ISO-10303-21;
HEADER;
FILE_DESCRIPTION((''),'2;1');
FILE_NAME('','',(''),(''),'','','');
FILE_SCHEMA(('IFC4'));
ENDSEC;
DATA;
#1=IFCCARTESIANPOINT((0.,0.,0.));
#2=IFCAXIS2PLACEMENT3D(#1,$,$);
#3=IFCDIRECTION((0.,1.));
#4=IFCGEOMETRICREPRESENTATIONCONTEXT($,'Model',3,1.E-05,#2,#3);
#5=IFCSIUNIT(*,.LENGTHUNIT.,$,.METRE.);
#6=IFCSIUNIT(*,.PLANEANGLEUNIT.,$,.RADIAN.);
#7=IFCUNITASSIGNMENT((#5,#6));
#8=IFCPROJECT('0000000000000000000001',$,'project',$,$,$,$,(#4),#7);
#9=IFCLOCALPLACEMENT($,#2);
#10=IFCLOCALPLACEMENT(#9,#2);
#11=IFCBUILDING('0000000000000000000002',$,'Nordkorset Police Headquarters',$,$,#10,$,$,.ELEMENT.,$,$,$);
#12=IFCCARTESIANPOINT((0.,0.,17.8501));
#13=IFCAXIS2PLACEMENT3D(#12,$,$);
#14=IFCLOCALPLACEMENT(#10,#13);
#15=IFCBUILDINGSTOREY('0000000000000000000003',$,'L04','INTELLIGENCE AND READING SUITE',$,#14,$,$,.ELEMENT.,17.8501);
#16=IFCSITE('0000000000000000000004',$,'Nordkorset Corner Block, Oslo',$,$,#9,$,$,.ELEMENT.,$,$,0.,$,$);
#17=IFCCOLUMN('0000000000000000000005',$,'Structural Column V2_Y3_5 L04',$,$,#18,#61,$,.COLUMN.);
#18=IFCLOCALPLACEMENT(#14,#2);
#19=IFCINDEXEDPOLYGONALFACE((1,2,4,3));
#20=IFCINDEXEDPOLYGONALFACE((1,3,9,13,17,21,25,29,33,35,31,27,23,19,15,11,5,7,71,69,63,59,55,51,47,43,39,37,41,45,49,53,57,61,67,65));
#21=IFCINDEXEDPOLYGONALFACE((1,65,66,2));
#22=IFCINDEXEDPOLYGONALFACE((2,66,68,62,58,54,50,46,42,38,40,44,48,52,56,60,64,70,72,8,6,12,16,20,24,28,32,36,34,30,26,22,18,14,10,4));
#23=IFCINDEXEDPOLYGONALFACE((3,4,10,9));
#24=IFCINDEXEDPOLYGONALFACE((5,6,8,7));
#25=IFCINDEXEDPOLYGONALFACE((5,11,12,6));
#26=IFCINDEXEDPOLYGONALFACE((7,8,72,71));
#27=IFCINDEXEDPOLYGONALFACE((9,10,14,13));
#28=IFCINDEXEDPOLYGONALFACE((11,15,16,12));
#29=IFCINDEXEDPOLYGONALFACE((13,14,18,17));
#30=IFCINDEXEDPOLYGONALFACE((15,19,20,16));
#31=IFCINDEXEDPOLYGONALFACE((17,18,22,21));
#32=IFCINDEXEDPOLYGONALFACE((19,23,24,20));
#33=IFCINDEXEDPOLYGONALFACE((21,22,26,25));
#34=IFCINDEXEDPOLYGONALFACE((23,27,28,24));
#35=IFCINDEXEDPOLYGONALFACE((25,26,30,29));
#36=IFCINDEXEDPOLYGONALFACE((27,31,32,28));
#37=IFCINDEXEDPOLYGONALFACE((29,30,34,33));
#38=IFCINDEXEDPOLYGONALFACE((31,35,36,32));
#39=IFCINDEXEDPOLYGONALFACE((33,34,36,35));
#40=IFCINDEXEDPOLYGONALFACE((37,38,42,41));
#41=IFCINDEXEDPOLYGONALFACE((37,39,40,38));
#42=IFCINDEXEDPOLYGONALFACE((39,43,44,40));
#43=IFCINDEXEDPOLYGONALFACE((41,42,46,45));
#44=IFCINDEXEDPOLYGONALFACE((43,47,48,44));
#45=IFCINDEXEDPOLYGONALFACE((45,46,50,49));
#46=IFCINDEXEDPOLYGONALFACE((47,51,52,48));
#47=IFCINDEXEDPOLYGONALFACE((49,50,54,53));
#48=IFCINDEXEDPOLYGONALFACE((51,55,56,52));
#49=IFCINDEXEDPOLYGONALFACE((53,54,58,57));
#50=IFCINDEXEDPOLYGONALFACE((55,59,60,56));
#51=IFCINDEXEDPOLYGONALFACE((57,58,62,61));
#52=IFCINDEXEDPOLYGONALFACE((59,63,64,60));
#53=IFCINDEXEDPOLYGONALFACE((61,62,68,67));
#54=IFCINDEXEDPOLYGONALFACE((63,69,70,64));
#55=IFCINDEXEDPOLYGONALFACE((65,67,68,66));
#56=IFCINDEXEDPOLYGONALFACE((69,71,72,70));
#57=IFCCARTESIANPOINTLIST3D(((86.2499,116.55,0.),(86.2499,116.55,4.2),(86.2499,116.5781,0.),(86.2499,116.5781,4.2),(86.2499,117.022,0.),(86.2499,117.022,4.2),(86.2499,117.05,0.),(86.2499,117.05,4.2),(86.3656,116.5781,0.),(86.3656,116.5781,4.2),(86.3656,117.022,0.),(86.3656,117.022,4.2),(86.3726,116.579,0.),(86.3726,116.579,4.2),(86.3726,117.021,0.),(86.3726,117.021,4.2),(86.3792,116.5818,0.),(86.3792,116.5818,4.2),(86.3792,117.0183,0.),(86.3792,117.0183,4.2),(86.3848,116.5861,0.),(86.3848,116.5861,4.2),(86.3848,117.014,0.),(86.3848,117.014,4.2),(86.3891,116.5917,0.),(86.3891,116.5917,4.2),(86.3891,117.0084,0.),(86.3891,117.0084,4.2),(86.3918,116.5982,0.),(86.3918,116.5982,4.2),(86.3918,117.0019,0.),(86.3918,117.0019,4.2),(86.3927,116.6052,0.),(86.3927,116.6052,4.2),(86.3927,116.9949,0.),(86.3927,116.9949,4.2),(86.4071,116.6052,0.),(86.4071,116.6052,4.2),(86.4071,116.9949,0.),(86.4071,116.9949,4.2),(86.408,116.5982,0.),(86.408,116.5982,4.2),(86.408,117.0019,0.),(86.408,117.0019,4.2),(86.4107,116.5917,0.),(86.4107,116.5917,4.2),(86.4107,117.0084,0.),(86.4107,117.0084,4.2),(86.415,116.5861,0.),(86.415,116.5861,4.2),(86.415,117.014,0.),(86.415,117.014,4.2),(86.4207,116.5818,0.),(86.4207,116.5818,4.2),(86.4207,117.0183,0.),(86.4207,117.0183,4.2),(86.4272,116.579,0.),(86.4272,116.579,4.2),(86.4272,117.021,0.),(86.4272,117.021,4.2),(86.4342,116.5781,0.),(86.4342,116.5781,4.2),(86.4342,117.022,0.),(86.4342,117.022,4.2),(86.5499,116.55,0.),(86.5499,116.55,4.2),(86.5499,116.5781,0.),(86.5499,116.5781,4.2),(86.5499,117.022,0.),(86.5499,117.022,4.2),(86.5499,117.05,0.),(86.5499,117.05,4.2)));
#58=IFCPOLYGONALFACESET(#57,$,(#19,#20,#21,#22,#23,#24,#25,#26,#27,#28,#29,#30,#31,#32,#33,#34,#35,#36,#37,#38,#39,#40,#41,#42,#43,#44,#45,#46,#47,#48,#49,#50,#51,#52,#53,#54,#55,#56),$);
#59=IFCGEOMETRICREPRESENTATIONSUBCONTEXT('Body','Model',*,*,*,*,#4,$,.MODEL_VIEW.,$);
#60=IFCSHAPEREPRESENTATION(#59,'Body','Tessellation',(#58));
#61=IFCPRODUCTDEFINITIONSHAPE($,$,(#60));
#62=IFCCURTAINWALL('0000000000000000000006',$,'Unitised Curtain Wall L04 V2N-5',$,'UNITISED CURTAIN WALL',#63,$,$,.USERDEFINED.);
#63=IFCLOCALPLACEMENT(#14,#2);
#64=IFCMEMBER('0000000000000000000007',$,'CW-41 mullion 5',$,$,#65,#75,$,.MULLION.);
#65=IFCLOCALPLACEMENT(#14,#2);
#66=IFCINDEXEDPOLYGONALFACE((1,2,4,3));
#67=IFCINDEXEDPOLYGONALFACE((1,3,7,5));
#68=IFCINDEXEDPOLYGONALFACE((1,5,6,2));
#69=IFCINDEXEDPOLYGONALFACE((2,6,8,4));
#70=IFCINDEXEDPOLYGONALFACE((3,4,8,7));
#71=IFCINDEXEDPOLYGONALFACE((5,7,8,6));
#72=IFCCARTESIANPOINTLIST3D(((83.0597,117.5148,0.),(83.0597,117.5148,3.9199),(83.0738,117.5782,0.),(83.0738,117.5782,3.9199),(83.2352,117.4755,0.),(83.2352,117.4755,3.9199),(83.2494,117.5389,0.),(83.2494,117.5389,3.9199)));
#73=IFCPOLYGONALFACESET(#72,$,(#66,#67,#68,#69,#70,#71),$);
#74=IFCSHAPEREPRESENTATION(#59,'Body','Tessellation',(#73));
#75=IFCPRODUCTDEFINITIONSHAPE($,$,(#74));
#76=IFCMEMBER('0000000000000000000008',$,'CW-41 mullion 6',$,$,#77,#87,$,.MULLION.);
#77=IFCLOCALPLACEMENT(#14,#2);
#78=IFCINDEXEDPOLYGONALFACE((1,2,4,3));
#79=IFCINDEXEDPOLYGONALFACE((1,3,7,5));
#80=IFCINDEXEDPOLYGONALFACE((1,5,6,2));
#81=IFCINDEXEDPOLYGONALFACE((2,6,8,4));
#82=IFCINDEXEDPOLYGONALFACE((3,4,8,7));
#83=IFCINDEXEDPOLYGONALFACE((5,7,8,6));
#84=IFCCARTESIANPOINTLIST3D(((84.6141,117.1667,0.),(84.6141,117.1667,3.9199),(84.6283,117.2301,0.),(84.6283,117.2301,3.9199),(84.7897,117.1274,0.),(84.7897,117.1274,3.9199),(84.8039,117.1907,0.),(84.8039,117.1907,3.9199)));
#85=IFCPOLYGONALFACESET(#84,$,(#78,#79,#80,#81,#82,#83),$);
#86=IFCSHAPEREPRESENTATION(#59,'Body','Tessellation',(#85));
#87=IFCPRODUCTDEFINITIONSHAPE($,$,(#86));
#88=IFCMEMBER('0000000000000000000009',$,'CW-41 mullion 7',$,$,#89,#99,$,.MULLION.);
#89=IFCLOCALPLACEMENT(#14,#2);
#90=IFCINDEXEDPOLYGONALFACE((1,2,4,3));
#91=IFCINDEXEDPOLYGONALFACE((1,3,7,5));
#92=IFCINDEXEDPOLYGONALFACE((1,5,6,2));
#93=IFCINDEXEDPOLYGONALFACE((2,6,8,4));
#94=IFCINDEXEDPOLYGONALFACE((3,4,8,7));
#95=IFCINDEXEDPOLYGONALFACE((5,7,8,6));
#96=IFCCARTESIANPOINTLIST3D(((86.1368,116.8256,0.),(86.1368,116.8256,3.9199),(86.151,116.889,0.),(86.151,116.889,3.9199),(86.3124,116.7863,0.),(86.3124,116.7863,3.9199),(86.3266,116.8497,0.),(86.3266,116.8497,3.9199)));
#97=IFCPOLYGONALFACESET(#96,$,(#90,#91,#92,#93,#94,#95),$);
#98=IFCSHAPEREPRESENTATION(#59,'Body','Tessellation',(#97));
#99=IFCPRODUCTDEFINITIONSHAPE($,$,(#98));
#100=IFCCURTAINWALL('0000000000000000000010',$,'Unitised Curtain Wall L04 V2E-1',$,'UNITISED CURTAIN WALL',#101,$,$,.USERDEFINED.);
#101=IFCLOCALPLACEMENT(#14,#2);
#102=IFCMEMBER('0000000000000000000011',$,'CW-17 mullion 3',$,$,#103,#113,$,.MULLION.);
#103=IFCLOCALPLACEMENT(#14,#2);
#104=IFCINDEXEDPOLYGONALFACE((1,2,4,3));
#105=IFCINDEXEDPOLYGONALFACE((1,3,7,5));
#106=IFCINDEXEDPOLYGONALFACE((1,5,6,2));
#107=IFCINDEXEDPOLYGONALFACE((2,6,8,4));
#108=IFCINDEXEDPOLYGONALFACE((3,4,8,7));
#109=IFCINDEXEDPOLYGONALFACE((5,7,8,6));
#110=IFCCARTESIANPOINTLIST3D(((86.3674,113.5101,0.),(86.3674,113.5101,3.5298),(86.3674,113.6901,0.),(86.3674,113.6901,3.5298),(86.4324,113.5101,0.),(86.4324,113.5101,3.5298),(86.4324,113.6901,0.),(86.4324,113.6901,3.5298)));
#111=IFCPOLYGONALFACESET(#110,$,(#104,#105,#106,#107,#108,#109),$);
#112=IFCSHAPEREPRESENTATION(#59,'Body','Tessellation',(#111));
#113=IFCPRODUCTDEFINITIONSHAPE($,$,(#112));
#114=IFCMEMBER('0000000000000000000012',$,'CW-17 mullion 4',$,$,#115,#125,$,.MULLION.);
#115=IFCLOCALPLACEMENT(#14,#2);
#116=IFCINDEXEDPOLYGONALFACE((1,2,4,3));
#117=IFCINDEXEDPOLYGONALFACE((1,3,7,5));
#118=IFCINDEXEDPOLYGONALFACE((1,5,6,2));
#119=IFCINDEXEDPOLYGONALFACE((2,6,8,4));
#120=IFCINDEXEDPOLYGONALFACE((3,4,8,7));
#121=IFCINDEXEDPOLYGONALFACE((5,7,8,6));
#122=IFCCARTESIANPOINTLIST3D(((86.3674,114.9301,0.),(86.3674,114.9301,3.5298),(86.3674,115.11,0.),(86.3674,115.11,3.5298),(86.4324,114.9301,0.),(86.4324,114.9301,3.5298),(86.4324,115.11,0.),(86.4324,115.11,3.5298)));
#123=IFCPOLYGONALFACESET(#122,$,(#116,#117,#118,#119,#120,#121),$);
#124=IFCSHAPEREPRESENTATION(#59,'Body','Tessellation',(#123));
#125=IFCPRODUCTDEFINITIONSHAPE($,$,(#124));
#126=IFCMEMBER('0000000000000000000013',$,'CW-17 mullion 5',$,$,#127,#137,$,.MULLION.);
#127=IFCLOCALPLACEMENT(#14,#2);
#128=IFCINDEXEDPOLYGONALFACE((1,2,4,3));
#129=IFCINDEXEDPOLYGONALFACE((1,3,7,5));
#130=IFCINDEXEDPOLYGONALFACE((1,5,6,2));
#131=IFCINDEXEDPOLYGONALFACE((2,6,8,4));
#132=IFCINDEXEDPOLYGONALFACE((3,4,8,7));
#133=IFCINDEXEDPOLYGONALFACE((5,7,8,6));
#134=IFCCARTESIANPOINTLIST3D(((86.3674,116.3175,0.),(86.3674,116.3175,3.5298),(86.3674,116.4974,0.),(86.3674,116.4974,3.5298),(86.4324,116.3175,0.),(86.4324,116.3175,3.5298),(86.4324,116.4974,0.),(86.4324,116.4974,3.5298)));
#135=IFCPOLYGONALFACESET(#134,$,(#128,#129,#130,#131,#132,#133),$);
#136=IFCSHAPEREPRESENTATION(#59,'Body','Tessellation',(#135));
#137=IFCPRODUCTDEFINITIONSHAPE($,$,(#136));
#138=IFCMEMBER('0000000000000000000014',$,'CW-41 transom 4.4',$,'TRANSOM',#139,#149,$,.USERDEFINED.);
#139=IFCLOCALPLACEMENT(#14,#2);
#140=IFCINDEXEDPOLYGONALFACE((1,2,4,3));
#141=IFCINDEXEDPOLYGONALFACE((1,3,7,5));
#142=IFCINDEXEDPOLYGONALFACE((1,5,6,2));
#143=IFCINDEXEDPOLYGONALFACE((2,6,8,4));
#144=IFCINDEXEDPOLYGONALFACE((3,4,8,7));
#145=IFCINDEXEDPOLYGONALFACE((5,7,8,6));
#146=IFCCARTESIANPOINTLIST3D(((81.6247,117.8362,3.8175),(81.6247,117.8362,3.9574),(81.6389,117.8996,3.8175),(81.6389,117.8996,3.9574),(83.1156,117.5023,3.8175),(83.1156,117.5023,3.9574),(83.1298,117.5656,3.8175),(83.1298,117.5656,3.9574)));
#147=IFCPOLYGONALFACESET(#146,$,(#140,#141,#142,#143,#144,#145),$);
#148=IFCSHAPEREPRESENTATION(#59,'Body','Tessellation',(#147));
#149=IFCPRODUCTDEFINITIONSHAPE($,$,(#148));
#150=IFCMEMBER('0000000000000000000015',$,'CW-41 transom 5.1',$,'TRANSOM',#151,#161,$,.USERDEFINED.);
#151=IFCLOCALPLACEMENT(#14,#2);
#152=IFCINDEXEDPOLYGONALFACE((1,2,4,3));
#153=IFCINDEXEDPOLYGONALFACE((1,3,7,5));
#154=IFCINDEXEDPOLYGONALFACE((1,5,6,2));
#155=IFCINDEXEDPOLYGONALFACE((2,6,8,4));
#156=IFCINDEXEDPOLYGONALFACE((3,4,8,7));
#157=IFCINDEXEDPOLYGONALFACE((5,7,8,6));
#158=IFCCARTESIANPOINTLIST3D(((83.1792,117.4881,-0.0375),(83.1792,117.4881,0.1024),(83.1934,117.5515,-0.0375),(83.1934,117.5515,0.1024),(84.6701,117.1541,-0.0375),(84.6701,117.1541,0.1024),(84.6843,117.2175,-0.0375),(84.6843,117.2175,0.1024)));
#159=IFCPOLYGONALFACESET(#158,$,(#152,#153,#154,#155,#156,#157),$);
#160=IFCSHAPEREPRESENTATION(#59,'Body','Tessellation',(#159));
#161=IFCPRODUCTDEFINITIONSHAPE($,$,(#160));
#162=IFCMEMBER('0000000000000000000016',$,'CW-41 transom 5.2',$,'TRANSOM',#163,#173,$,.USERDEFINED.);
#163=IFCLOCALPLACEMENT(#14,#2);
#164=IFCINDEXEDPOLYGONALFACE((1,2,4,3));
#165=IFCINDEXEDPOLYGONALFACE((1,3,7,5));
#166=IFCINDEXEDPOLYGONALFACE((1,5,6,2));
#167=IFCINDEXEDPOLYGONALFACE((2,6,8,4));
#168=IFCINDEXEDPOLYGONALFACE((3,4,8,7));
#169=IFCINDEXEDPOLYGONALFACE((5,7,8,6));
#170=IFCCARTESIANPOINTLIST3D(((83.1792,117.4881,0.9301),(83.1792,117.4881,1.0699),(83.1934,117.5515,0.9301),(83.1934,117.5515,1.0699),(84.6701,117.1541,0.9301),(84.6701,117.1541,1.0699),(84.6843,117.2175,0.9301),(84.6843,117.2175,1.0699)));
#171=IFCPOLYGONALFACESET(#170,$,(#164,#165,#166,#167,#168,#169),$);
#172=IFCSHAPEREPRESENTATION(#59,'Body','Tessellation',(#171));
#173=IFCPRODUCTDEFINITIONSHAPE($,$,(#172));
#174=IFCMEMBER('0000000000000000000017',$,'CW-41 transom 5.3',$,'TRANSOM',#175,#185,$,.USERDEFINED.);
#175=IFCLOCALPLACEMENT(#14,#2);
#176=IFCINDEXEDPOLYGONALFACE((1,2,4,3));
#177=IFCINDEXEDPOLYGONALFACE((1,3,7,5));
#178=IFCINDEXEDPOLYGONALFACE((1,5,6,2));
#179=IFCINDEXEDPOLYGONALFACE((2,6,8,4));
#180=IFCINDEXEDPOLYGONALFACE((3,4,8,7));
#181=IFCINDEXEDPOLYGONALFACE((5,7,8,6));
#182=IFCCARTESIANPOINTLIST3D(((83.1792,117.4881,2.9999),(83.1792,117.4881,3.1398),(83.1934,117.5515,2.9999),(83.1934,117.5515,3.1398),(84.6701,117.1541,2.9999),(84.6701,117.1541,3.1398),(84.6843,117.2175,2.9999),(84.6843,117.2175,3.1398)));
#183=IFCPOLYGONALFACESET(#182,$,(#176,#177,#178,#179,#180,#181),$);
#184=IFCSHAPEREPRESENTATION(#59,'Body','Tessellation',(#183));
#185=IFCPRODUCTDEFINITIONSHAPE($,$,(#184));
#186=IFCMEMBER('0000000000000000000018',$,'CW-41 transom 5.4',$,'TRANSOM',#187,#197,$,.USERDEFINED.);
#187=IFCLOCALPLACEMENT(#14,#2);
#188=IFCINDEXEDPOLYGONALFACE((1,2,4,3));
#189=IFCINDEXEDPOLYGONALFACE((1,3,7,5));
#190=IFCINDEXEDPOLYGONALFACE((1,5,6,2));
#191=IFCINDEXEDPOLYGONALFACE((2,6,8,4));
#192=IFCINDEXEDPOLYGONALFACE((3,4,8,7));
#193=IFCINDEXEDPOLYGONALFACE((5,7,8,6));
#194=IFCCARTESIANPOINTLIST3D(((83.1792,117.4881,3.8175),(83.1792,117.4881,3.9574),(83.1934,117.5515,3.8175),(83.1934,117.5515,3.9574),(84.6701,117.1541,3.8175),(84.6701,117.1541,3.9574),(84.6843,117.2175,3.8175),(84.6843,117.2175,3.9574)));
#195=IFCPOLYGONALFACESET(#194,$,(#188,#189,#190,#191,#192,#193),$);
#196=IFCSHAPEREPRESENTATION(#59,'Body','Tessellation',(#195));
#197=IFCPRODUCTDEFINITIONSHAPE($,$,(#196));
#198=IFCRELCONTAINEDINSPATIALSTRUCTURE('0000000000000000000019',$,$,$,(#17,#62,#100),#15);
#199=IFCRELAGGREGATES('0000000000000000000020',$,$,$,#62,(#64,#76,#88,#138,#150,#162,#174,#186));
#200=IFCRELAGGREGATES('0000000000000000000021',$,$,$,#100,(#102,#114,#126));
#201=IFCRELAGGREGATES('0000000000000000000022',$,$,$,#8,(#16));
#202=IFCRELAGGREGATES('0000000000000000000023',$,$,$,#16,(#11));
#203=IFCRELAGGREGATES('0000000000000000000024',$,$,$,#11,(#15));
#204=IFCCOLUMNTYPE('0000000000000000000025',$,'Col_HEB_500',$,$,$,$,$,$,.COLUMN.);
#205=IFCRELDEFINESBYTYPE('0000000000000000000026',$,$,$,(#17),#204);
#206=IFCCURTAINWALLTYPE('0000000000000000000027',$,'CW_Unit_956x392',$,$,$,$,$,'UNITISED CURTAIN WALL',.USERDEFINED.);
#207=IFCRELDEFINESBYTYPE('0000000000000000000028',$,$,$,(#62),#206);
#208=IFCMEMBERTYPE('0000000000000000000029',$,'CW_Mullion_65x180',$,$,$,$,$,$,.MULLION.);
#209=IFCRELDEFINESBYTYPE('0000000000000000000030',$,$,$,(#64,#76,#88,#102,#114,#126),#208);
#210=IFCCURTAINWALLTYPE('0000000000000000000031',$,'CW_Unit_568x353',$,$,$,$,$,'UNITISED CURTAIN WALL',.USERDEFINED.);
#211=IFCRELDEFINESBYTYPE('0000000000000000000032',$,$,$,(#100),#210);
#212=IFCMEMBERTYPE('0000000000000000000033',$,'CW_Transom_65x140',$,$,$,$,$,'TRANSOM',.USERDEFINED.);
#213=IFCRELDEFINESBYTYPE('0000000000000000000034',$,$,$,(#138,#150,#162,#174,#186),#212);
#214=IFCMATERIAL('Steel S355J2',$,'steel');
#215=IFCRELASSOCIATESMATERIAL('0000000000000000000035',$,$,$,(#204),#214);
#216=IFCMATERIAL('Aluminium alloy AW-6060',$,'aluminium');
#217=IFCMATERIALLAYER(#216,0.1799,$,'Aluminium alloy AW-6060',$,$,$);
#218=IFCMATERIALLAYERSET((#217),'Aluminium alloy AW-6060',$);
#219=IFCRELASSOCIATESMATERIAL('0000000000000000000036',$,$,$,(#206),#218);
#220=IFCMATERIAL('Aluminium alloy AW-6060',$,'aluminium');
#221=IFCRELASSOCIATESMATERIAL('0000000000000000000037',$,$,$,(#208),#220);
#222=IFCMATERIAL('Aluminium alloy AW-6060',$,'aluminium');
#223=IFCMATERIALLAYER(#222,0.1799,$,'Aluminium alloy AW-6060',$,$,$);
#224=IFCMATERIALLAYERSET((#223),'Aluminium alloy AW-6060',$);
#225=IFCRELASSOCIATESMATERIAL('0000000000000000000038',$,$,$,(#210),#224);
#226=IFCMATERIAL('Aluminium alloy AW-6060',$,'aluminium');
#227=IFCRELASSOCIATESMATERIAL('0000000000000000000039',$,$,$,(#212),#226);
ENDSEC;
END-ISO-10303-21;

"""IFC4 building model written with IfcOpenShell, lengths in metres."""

from ifc_helpers import new_model, si_unit, direction, frame, origin, origin_2d, place, context, subcontext, project, spatial, rectangle, i_section, extrude, material, layer, layer_set, material_profile, profile_set, type_object, element, aggregate, save


model = new_model("IFC4")

# Units and contexts
model_context = context("Model", 3, precision=1e-05, world=origin(), true_north=direction((0.0, 1.0)))
body_context = subcontext(model_context, "Body", "Model", "MODEL_VIEW")
ifc_project = project(units=[si_unit("LENGTHUNIT", "METRE"), si_unit("PLANEANGLEUNIT", "RADIAN")], contexts=[model_context])

# Site, building, storey
site_placement = place(None, origin())
site = spatial("IfcSite", under=ifc_project, at=site_placement, Name="Nordkorset Corner Block, Oslo", CompositionType="ELEMENT", RefElevation=0.0)
building_placement = place(site_placement, origin())
building = spatial("IfcBuilding", under=site, at=building_placement, Name="Nordkorset Police Headquarters", CompositionType="ELEMENT")
storey_placement = place(building_placement, frame((0.0, 0.0, 17.8501)))
storey = spatial("IfcBuildingStorey", under=building, at=storey_placement, Name="L04", Description="INTELLIGENCE AND READING SUITE", CompositionType="ELEMENT", Elevation=17.8501)

# Column
ifc_material_1 = material(Name="Steel S355J2", Category="steel")
ifc_material_profile_1 = material_profile(ifc_material_1, i_section(OverallWidth=0.3, OverallDepth=0.5, WebThickness=0.0144, FlangeThickness=0.0281, FilletRadius=0.0271, at=origin_2d()), Name="HEB 500")
ifc_profile_set_1 = profile_set([ifc_material_profile_1], Name="Steel S355J2")
column_type = type_object("IfcColumnType", Name="Col_HEB_500", PredefinedType="COLUMN", material=ifc_profile_set_1)
column_placement = place(storey_placement, frame((86.3999, 116.8, 0.0), z_axis=(0.0, 0.0, 1.0), x_axis=(1.0, 0.0, 0.0)))
element("IfcColumn", 1, at=column_placement, inside=storey, type_object=column_type, Name="Structural Column V2_Y3_5 L04", PredefinedType="COLUMN", context=body_context, shape_type="SweptSolid", body=[
    extrude(i_section(OverallWidth=0.3, OverallDepth=0.5, WebThickness=0.0144, FlangeThickness=0.0281, FilletRadius=0.0271, at=origin_2d()), origin(), (0.0, 0.0, 1.0), 4.2),
])

# Curtain walls, members
ifc_material_2 = material(Name="Aluminium alloy AW-6060", Category="aluminium")
ifc_layer_1 = layer(ifc_material_2, 0.1799, Name="Aluminium alloy AW-6060")
ifc_layer_set_1 = layer_set([ifc_layer_1], Name="Aluminium alloy AW-6060")
curtain_wall_type_1 = type_object("IfcCurtainWallType", Name="CW_Unit_956x392", ElementType="UNITISED CURTAIN WALL", PredefinedType="USERDEFINED", material=ifc_layer_set_1)
curtain_wall_1_placement = place(storey_placement, origin())
curtain_wall_1 = element("IfcCurtainWall", 2, at=curtain_wall_1_placement, inside=storey, type_object=curtain_wall_type_1, Name="Unitised Curtain Wall L04 V2N-5", ObjectType="UNITISED CURTAIN WALL", PredefinedType="USERDEFINED")
ifc_material_3 = material(Name="Aluminium alloy AW-6060", Category="aluminium")
ifc_material_profile_2 = material_profile(ifc_material_3, rectangle(XDim=0.0649, YDim=0.1799, at=origin_2d()), Name="ALU MULL 65x180")
ifc_profile_set_2 = profile_set([ifc_material_profile_2], Name="Aluminium alloy AW-6060")
member_type_1 = type_object("IfcMemberType", Name="CW_Mullion_65x180", PredefinedType="MULLION", material=ifc_profile_set_2)
member_1_placement = place(storey_placement, frame((83.1545, 117.5269, 0.0), z_axis=(0.0, 0.0, 1.0), x_axis=(0.218544, 0.975827, 0.0)))
member_1 = element("IfcMember", 3, at=member_1_placement, type_object=member_type_1, Name="CW-41 mullion 5", PredefinedType="MULLION", context=body_context, shape_type="SweptSolid", body=[
    extrude(rectangle(XDim=0.0649, YDim=0.1799, at=origin_2d()), origin(), (0.0, 0.0, 1.0), 3.9199),
])
member_2_placement = place(storey_placement, frame((84.709, 117.1787, 0.0), z_axis=(0.0, 0.0, 1.0), x_axis=(0.218544, 0.975827, 0.0)))
member_2 = element("IfcMember", 4, at=member_2_placement, type_object=member_type_1, Name="CW-41 mullion 6", PredefinedType="MULLION", context=body_context, shape_type="SweptSolid", body=[
    extrude(rectangle(XDim=0.0649, YDim=0.1799, at=origin_2d()), origin(), (0.0, 0.0, 1.0), 3.9199),
])
member_3_placement = place(storey_placement, frame((86.2317, 116.8376, 0.0), z_axis=(0.0, 0.0, 1.0), x_axis=(0.218544, 0.975827, 0.0)))
member_3 = element("IfcMember", 5, at=member_3_placement, type_object=member_type_1, Name="CW-41 mullion 7", PredefinedType="MULLION", context=body_context, shape_type="SweptSolid", body=[
    extrude(rectangle(XDim=0.0649, YDim=0.1799, at=origin_2d()), origin(), (0.0, 0.0, 1.0), 3.9199),
])
ifc_material_4 = material(Name="Aluminium alloy AW-6060", Category="aluminium")
ifc_layer_2 = layer(ifc_material_4, 0.1799, Name="Aluminium alloy AW-6060")
ifc_layer_set_2 = layer_set([ifc_layer_2], Name="Aluminium alloy AW-6060")
curtain_wall_type_2 = type_object("IfcCurtainWallType", Name="CW_Unit_568x353", ElementType="UNITISED CURTAIN WALL", PredefinedType="USERDEFINED", material=ifc_layer_set_2)
curtain_wall_2_placement = place(storey_placement, origin())
curtain_wall_2 = element("IfcCurtainWall", 6, at=curtain_wall_2_placement, inside=storey, type_object=curtain_wall_type_2, Name="Unitised Curtain Wall L04 V2E-1", ObjectType="UNITISED CURTAIN WALL", PredefinedType="USERDEFINED")
member_4_placement = place(storey_placement, frame((86.3999, 113.6001, 0.0), z_axis=(0.0, 0.0, 1.0), x_axis=(-1.0, 0.0, 0.0)))
member_4 = element("IfcMember", 7, at=member_4_placement, type_object=member_type_1, Name="CW-17 mullion 3", PredefinedType="MULLION", context=body_context, shape_type="SweptSolid", body=[
    extrude(rectangle(XDim=0.0649, YDim=0.1799, at=origin_2d()), origin(), (0.0, 0.0, 1.0), 3.5298),
])
member_5_placement = place(storey_placement, frame((86.3999, 115.02, 0.0), z_axis=(0.0, 0.0, 1.0), x_axis=(-1.0, 0.0, 0.0)))
member_5 = element("IfcMember", 8, at=member_5_placement, type_object=member_type_1, Name="CW-17 mullion 4", PredefinedType="MULLION", context=body_context, shape_type="SweptSolid", body=[
    extrude(rectangle(XDim=0.0649, YDim=0.1799, at=origin_2d()), origin(), (0.0, 0.0, 1.0), 3.5298),
])
member_6_placement = place(storey_placement, frame((86.3999, 116.4075, 0.0), z_axis=(0.0, 0.0, 1.0), x_axis=(-1.0, 0.0, 0.0)))
member_6 = element("IfcMember", 9, at=member_6_placement, type_object=member_type_1, Name="CW-17 mullion 5", PredefinedType="MULLION", context=body_context, shape_type="SweptSolid", body=[
    extrude(rectangle(XDim=0.0649, YDim=0.1799, at=origin_2d()), origin(), (0.0, 0.0, 1.0), 3.5298),
])

# Members
ifc_material_5 = material(Name="Aluminium alloy AW-6060", Category="aluminium")
ifc_material_profile_3 = material_profile(ifc_material_5, rectangle(XDim=0.0649, YDim=0.1399, at=origin_2d()), Name="ALU TRAN 65x140")
ifc_profile_set_3 = profile_set([ifc_material_profile_3], Name="Aluminium alloy AW-6060")
member_type_2 = type_object("IfcMemberType", Name="CW_Transom_65x140", ElementType="TRANSOM", PredefinedType="USERDEFINED", material=ifc_profile_set_3)
member_7_placement = place(storey_placement, frame((81.6318, 117.8679, 3.8875), z_axis=(0.975817, -0.218588, 0.0), x_axis=(0.218588, 0.975817, 0.0)))
member_7 = element("IfcMember", 10, at=member_7_placement, type_object=member_type_2, Name="CW-41 transom 4.4", ObjectType="TRANSOM", PredefinedType="USERDEFINED", context=body_context, shape_type="SweptSolid", body=[
    extrude(rectangle(XDim=0.0649, YDim=0.1399, at=origin_2d()), origin(), (0.0, 0.0, 1.0), 1.5278),
])
member_8_placement = place(storey_placement, frame((83.1863, 117.5198, 0.0325), z_axis=(0.975817, -0.218588, 0.0), x_axis=(0.218588, 0.975817, 0.0)))
member_8 = element("IfcMember", 11, at=member_8_placement, type_object=member_type_2, Name="CW-41 transom 5.1", ObjectType="TRANSOM", PredefinedType="USERDEFINED", context=body_context, shape_type="SweptSolid", body=[
    extrude(rectangle(XDim=0.0649, YDim=0.1399, at=origin_2d()), origin(), (0.0, 0.0, 1.0), 1.5278),
])
member_9_placement = place(storey_placement, frame((83.1863, 117.5198, 1.0), z_axis=(0.975817, -0.218588, 0.0), x_axis=(0.218588, 0.975817, 0.0)))
member_9 = element("IfcMember", 12, at=member_9_placement, type_object=member_type_2, Name="CW-41 transom 5.2", ObjectType="TRANSOM", PredefinedType="USERDEFINED", context=body_context, shape_type="SweptSolid", body=[
    extrude(rectangle(XDim=0.0649, YDim=0.1399, at=origin_2d()), origin(), (0.0, 0.0, 1.0), 1.5278),
])
member_10_placement = place(storey_placement, frame((83.1863, 117.5198, 3.0698), z_axis=(0.975817, -0.218588, 0.0), x_axis=(0.218588, 0.975817, 0.0)))
member_10 = element("IfcMember", 13, at=member_10_placement, type_object=member_type_2, Name="CW-41 transom 5.3", ObjectType="TRANSOM", PredefinedType="USERDEFINED", context=body_context, shape_type="SweptSolid", body=[
    extrude(rectangle(XDim=0.0649, YDim=0.1399, at=origin_2d()), origin(), (0.0, 0.0, 1.0), 1.5278),
])
member_11_placement = place(storey_placement, frame((83.1863, 117.5198, 3.8875), z_axis=(0.975817, -0.218588, 0.0), x_axis=(0.218588, 0.975817, 0.0)))
member_11 = element("IfcMember", 14, at=member_11_placement, type_object=member_type_2, Name="CW-41 transom 5.4", ObjectType="TRANSOM", PredefinedType="USERDEFINED", context=body_context, shape_type="SweptSolid", body=[
    extrude(rectangle(XDim=0.0649, YDim=0.1399, at=origin_2d()), origin(), (0.0, 0.0, 1.0), 1.5278),
])

aggregate(curtain_wall_1, [member_1, member_2, member_3, member_7, member_8, member_9, member_10, member_11])
aggregate(curtain_wall_2, [member_4, member_5, member_6])

save(model, "model.ifc")
